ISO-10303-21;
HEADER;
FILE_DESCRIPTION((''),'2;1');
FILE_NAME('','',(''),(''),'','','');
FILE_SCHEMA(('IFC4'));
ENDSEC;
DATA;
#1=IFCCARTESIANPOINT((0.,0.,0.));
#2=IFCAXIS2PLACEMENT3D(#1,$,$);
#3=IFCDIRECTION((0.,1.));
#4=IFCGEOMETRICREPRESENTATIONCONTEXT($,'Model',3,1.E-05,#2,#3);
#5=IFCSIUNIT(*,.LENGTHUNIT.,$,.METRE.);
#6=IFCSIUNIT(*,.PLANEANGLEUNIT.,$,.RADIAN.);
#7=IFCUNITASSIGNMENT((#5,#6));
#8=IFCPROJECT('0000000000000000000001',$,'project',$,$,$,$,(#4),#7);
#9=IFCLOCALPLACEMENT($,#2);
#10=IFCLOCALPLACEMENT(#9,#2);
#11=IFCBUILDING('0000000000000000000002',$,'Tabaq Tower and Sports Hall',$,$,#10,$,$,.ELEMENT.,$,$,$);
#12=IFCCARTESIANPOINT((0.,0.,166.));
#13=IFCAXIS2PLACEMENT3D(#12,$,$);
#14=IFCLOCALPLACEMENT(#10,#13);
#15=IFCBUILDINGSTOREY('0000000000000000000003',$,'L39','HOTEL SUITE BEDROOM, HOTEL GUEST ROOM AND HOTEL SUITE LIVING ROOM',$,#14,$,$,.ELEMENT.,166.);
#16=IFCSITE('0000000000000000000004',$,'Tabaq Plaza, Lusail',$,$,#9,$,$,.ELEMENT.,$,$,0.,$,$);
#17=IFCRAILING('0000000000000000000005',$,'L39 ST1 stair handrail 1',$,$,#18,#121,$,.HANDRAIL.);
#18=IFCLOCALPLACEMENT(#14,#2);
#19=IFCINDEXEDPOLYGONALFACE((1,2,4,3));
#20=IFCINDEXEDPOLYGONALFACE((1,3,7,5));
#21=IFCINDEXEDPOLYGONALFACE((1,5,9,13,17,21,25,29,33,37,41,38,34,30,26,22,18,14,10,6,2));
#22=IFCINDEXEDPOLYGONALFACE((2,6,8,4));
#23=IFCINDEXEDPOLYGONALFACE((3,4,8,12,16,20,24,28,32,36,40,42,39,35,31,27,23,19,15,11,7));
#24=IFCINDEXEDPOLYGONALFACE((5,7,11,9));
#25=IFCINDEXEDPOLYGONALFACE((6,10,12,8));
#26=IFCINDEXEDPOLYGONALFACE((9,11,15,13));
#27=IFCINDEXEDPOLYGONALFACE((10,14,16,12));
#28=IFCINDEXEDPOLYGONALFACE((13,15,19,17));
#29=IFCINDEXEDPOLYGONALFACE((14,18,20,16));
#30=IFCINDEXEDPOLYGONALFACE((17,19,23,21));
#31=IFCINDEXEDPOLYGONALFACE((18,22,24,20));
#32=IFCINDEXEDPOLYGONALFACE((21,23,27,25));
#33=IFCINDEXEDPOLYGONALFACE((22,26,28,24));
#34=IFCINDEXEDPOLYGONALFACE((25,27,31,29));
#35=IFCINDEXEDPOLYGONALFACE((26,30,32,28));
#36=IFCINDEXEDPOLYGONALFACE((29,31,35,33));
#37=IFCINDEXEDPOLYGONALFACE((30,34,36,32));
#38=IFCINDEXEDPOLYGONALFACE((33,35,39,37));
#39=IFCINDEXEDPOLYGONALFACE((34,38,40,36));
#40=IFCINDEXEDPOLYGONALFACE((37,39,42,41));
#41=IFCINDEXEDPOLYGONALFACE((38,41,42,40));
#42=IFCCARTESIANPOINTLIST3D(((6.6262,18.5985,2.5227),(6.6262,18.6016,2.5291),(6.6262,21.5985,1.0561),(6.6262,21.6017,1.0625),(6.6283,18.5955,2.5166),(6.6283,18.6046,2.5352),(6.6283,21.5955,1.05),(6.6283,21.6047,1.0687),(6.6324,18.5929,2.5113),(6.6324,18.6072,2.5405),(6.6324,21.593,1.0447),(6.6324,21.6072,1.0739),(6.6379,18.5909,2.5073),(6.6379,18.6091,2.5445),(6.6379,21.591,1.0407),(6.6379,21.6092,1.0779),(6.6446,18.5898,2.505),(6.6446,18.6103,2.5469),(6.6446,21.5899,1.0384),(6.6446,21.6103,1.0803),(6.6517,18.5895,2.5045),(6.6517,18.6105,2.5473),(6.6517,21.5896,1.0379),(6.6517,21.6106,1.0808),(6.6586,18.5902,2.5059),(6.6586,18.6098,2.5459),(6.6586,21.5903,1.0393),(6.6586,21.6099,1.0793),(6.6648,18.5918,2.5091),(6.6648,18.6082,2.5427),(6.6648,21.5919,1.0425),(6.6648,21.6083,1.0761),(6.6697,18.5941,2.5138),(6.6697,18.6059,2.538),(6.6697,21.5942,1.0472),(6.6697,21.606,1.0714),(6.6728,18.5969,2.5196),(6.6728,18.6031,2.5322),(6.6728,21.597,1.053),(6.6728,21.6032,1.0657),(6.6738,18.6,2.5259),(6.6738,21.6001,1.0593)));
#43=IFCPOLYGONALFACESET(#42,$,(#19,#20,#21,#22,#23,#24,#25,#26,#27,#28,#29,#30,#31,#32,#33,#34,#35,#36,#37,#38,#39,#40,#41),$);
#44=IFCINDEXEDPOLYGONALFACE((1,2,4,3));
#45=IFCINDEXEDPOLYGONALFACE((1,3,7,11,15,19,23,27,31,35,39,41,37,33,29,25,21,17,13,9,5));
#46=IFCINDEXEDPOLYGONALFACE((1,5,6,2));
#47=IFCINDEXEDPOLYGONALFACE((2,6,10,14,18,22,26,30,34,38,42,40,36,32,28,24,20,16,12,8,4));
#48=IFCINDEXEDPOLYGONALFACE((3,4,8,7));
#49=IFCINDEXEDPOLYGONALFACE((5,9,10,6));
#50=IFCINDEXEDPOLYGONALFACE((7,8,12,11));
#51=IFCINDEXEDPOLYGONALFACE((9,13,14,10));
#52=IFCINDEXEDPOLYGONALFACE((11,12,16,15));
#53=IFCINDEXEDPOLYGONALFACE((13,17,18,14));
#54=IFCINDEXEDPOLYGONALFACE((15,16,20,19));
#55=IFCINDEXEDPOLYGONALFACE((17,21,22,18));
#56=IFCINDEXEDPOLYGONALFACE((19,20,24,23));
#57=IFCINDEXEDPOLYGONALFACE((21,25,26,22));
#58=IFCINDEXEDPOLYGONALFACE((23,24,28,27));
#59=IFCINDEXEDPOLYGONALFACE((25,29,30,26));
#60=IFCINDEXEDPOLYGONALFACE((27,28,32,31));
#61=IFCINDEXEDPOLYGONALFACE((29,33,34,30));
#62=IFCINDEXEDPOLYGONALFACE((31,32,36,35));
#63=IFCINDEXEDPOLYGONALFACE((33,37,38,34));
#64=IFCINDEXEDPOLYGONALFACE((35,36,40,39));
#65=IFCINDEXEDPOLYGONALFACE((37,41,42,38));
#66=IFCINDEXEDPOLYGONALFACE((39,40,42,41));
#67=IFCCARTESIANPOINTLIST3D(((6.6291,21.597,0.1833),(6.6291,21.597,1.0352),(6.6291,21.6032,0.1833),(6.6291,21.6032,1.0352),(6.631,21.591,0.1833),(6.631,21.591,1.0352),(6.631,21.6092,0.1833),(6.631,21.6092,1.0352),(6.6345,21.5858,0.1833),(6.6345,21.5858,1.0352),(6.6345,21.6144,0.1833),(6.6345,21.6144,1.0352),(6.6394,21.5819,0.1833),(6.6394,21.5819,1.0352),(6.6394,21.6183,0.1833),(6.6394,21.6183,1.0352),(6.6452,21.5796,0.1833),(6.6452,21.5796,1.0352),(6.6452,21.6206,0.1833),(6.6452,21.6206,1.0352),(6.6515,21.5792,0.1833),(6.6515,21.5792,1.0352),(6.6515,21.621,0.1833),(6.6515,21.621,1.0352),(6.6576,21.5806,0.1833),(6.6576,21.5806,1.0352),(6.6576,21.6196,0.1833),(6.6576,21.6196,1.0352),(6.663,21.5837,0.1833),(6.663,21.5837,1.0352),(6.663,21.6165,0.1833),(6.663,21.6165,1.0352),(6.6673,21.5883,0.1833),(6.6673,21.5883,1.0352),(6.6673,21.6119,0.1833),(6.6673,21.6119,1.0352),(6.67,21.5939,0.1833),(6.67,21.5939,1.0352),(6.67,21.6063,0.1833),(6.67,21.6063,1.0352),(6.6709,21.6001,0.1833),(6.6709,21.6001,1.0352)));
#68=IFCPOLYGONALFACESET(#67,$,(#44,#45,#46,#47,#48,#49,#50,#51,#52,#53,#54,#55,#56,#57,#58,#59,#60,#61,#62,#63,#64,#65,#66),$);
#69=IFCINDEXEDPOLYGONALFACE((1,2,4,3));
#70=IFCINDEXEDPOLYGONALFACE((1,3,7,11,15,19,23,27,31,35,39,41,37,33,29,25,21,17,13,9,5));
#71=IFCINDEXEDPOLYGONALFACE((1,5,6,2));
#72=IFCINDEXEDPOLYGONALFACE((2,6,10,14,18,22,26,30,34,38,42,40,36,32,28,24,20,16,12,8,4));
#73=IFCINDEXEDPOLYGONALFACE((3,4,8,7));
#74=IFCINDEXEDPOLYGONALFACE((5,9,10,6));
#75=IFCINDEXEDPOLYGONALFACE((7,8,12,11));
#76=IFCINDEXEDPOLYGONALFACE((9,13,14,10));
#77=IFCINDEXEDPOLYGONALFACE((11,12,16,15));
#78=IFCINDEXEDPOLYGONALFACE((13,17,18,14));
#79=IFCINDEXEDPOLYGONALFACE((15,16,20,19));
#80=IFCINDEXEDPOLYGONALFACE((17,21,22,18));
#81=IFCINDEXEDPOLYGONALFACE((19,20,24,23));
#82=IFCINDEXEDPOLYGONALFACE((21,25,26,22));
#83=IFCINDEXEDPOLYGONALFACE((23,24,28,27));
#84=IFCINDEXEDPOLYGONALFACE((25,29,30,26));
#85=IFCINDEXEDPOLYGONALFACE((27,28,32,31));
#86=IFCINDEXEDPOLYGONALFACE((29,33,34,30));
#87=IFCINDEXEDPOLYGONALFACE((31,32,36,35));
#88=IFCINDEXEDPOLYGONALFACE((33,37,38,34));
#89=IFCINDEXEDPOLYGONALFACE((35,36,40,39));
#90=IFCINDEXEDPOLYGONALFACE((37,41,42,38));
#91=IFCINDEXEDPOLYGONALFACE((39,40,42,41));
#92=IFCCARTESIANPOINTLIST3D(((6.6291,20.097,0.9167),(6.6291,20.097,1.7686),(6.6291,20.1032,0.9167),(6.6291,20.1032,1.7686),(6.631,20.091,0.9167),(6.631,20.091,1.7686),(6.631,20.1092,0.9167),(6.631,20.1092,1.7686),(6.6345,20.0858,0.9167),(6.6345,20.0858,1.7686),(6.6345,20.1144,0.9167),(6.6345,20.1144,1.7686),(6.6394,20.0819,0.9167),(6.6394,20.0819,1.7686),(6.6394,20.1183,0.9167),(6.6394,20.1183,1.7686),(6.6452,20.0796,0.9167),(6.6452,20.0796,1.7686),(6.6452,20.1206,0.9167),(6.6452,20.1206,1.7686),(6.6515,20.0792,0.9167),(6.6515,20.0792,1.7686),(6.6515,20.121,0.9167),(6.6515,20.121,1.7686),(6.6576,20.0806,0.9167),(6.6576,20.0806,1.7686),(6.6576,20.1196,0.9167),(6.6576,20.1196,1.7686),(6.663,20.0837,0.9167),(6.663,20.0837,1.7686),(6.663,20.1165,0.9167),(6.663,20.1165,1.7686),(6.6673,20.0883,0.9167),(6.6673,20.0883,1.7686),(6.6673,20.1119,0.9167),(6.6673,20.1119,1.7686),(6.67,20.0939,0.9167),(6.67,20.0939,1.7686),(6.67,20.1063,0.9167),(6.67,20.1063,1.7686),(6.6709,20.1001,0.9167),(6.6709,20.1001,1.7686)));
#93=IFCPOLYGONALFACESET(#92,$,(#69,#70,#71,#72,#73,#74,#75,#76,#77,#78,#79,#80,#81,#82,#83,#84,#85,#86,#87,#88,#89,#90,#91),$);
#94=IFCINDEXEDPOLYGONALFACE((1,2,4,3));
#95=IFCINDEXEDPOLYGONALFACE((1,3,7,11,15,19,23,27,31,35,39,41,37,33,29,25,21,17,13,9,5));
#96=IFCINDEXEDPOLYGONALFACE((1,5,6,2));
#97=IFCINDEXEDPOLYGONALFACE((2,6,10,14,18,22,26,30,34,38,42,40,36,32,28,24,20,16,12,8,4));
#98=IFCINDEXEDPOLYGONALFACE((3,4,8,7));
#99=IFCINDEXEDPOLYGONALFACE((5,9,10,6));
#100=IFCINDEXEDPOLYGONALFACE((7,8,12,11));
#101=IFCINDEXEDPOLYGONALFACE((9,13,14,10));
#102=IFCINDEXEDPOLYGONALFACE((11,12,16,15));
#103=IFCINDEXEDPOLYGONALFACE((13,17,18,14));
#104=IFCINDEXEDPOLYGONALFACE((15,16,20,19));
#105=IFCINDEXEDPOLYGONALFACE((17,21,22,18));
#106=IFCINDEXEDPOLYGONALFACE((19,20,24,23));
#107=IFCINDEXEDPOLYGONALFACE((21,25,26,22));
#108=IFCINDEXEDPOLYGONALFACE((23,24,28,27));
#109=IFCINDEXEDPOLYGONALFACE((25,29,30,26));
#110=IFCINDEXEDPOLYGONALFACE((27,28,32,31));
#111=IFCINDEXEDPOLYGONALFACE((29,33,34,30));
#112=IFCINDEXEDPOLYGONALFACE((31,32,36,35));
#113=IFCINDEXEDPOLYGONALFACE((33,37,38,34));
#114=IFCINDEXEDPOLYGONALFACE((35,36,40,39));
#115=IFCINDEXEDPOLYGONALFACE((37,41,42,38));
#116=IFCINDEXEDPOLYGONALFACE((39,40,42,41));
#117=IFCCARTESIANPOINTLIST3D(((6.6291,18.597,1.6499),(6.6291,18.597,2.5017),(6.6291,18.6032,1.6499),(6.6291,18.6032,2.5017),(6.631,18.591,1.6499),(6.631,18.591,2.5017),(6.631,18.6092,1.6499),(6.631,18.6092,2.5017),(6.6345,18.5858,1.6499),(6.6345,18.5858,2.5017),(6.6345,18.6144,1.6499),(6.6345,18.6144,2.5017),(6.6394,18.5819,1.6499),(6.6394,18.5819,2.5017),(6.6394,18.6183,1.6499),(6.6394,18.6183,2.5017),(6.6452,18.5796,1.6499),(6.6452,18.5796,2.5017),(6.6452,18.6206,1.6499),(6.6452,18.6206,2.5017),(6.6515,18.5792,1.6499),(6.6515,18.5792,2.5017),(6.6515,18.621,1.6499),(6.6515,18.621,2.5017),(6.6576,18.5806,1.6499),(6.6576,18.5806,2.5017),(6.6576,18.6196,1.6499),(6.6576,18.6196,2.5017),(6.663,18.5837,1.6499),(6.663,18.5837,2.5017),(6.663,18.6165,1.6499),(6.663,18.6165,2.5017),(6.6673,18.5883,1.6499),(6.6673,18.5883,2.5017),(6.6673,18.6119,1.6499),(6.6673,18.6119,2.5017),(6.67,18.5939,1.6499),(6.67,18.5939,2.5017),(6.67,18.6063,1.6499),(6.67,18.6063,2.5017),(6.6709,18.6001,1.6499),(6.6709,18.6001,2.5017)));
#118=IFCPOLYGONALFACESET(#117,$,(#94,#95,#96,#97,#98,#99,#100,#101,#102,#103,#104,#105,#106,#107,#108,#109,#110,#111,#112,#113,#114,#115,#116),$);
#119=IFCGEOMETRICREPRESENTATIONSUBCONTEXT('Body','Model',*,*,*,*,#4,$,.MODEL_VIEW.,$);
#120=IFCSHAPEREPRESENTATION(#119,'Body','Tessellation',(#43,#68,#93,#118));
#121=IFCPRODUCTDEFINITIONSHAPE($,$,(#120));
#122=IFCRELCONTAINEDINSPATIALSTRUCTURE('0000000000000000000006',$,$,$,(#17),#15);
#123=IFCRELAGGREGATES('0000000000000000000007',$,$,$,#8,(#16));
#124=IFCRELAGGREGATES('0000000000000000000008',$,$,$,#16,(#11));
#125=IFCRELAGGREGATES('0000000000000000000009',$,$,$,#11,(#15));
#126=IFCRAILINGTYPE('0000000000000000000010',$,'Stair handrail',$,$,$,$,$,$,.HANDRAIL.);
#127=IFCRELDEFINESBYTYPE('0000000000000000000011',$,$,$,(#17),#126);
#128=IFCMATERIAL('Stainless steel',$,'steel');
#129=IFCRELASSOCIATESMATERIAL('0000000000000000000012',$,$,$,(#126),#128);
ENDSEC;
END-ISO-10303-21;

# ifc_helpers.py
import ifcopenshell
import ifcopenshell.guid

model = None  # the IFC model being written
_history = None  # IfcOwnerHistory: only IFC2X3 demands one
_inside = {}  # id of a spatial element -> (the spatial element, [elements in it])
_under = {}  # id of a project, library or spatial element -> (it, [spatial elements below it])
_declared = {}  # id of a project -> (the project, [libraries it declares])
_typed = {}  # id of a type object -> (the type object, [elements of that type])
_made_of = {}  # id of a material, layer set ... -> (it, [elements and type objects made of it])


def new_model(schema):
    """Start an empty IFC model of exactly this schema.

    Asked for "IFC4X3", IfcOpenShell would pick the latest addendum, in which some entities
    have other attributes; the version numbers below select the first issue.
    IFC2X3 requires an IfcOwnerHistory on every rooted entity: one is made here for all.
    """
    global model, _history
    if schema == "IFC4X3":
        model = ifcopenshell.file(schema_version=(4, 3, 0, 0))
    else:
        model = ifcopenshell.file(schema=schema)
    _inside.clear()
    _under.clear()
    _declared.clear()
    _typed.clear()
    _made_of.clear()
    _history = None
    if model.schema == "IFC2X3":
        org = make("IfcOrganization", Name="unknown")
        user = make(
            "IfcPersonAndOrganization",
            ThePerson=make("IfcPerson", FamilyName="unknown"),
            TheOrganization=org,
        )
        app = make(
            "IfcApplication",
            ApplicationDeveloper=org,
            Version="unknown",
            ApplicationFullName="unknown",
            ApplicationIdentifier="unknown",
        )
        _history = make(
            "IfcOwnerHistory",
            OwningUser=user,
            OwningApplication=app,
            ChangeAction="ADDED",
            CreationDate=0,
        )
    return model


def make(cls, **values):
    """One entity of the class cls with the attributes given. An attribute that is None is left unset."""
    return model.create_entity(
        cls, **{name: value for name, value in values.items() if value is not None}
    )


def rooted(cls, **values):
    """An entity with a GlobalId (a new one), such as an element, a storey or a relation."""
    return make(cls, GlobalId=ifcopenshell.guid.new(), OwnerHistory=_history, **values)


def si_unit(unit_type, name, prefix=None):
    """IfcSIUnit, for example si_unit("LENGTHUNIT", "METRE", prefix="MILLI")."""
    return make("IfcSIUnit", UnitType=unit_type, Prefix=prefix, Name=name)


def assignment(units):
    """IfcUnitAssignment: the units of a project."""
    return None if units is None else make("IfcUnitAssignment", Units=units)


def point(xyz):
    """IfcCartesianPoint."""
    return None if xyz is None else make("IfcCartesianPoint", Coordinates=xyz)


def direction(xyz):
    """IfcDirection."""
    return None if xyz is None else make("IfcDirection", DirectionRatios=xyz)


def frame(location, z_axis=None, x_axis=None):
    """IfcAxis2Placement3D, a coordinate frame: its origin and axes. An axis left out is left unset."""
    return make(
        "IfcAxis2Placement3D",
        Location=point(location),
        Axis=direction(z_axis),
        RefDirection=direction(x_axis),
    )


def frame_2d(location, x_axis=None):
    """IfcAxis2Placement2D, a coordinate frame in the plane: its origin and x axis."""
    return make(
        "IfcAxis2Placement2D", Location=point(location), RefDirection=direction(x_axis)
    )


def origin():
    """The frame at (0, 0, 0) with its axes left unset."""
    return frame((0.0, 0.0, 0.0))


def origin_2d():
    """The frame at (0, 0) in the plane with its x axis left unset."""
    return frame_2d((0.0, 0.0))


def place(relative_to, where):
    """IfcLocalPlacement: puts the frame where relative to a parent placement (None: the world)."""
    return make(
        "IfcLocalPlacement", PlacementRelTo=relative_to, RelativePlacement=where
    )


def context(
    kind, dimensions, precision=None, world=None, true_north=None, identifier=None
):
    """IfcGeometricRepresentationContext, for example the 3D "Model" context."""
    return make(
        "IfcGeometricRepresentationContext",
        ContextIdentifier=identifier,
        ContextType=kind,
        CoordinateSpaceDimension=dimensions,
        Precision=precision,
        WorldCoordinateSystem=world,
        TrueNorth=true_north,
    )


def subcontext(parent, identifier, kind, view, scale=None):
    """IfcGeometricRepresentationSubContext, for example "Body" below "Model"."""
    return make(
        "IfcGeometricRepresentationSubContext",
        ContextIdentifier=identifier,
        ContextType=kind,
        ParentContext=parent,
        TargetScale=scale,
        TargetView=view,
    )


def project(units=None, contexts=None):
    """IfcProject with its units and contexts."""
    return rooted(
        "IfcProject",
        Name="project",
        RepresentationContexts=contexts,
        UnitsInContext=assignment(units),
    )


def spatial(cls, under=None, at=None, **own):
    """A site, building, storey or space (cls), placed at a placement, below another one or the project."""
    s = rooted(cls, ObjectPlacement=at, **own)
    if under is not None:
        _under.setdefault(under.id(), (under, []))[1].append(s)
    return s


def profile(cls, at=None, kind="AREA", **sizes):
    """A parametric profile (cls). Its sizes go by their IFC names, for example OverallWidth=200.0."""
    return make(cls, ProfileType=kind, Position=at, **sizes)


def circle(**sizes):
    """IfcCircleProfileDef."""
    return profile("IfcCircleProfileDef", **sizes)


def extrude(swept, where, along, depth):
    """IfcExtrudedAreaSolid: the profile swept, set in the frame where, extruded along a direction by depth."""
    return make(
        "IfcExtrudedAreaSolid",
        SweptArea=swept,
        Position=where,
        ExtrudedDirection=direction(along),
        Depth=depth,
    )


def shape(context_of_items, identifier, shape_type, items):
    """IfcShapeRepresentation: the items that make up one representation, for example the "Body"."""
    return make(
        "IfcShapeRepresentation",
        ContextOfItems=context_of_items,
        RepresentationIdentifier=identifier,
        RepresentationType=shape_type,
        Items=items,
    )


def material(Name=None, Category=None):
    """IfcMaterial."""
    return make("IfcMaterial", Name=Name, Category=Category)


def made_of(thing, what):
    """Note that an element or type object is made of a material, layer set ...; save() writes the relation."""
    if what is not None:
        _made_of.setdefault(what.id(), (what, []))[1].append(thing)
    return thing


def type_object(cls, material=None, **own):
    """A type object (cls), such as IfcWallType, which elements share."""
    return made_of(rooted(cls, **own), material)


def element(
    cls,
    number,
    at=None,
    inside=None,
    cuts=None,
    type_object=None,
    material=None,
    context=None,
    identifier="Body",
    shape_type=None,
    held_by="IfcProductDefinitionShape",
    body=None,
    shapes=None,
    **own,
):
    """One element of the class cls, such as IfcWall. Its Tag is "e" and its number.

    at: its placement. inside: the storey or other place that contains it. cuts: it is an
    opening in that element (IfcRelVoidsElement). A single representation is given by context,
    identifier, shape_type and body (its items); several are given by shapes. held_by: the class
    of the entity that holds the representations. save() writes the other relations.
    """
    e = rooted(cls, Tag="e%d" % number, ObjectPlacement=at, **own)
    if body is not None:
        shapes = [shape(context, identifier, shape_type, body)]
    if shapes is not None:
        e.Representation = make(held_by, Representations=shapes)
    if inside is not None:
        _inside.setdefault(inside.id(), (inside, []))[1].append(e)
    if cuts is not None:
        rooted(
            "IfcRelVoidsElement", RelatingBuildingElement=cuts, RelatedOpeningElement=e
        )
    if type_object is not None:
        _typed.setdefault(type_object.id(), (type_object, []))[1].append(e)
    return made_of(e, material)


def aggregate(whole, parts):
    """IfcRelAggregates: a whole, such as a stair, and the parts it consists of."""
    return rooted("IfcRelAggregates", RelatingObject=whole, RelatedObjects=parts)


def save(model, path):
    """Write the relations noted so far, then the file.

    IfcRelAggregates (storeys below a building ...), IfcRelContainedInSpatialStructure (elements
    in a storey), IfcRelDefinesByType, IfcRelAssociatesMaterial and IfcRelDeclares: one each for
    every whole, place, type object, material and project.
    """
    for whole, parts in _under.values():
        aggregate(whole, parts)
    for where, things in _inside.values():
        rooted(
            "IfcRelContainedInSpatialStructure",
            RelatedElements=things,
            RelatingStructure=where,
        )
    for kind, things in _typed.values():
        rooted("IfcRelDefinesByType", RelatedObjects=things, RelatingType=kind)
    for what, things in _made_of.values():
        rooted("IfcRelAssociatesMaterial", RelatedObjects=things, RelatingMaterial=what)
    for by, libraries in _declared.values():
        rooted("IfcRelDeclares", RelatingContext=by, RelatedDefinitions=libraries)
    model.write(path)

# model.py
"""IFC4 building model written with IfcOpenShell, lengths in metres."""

from ifc_helpers import new_model, si_unit, direction, frame, origin, origin_2d, place, context, subcontext, project, spatial, circle, extrude, material, type_object, element, save


model = new_model("IFC4")

# Units and contexts
model_context = context("Model", 3, precision=1e-05, world=origin(), true_north=direction((0.0, 1.0)))
body_context = subcontext(model_context, "Body", "Model", "MODEL_VIEW")
ifc_project = project(units=[si_unit("LENGTHUNIT", "METRE"), si_unit("PLANEANGLEUNIT", "RADIAN")], contexts=[model_context])

# Site, building, storey
site_placement = place(None, origin())
site = spatial("IfcSite", under=ifc_project, at=site_placement, Name="Tabaq Plaza, Lusail", CompositionType="ELEMENT", RefElevation=0.0)
building_placement = place(site_placement, origin())
building = spatial("IfcBuilding", under=site, at=building_placement, Name="Tabaq Tower and Sports Hall", CompositionType="ELEMENT")
storey_placement = place(building_placement, frame((0.0, 0.0, 166.0)))
storey = spatial("IfcBuildingStorey", under=building, at=storey_placement, Name="L39", Description="HOTEL SUITE BEDROOM, HOTEL GUEST ROOM AND HOTEL SUITE LIVING ROOM", CompositionType="ELEMENT", Elevation=166.0)

# Railing
ifc_material_1 = material(Name="Stainless steel", Category="steel")
railing_type = type_object("IfcRailingType", Name="Stair handrail", PredefinedType="HANDRAIL", material=ifc_material_1)
railing_1_placement = place(storey_placement, frame((6.6499, 21.6001, 0.1833)))
element("IfcRailing", 1, at=railing_1_placement, inside=storey, type_object=railing_type, Name="L39 ST1 stair handrail 1", PredefinedType="HANDRAIL", context=body_context, shape_type="SweptSolid", body=[
    extrude(circle(Radius=0.0239, at=origin_2d()), frame((0.0, 0.0, 0.876), z_axis=(0.0, -0.898398, 0.439183), x_axis=(1.0, 0.0, 0.0)), (0.0, 0.0, 1.0), 3.3394),
    extrude(circle(Radius=0.021, at=origin_2d()), origin(), (0.0, 0.0, 1.0), 0.8518),
    extrude(circle(Radius=0.021, at=origin_2d()), frame((0.0, -1.5, 0.7334)), (0.0, 0.0, 1.0), 0.8518),
    extrude(circle(Radius=0.021, at=origin_2d()), frame((0.0, -3.0, 1.4666)), (0.0, 0.0, 1.0), 0.8518),
])

save(model, "model.ifc")
